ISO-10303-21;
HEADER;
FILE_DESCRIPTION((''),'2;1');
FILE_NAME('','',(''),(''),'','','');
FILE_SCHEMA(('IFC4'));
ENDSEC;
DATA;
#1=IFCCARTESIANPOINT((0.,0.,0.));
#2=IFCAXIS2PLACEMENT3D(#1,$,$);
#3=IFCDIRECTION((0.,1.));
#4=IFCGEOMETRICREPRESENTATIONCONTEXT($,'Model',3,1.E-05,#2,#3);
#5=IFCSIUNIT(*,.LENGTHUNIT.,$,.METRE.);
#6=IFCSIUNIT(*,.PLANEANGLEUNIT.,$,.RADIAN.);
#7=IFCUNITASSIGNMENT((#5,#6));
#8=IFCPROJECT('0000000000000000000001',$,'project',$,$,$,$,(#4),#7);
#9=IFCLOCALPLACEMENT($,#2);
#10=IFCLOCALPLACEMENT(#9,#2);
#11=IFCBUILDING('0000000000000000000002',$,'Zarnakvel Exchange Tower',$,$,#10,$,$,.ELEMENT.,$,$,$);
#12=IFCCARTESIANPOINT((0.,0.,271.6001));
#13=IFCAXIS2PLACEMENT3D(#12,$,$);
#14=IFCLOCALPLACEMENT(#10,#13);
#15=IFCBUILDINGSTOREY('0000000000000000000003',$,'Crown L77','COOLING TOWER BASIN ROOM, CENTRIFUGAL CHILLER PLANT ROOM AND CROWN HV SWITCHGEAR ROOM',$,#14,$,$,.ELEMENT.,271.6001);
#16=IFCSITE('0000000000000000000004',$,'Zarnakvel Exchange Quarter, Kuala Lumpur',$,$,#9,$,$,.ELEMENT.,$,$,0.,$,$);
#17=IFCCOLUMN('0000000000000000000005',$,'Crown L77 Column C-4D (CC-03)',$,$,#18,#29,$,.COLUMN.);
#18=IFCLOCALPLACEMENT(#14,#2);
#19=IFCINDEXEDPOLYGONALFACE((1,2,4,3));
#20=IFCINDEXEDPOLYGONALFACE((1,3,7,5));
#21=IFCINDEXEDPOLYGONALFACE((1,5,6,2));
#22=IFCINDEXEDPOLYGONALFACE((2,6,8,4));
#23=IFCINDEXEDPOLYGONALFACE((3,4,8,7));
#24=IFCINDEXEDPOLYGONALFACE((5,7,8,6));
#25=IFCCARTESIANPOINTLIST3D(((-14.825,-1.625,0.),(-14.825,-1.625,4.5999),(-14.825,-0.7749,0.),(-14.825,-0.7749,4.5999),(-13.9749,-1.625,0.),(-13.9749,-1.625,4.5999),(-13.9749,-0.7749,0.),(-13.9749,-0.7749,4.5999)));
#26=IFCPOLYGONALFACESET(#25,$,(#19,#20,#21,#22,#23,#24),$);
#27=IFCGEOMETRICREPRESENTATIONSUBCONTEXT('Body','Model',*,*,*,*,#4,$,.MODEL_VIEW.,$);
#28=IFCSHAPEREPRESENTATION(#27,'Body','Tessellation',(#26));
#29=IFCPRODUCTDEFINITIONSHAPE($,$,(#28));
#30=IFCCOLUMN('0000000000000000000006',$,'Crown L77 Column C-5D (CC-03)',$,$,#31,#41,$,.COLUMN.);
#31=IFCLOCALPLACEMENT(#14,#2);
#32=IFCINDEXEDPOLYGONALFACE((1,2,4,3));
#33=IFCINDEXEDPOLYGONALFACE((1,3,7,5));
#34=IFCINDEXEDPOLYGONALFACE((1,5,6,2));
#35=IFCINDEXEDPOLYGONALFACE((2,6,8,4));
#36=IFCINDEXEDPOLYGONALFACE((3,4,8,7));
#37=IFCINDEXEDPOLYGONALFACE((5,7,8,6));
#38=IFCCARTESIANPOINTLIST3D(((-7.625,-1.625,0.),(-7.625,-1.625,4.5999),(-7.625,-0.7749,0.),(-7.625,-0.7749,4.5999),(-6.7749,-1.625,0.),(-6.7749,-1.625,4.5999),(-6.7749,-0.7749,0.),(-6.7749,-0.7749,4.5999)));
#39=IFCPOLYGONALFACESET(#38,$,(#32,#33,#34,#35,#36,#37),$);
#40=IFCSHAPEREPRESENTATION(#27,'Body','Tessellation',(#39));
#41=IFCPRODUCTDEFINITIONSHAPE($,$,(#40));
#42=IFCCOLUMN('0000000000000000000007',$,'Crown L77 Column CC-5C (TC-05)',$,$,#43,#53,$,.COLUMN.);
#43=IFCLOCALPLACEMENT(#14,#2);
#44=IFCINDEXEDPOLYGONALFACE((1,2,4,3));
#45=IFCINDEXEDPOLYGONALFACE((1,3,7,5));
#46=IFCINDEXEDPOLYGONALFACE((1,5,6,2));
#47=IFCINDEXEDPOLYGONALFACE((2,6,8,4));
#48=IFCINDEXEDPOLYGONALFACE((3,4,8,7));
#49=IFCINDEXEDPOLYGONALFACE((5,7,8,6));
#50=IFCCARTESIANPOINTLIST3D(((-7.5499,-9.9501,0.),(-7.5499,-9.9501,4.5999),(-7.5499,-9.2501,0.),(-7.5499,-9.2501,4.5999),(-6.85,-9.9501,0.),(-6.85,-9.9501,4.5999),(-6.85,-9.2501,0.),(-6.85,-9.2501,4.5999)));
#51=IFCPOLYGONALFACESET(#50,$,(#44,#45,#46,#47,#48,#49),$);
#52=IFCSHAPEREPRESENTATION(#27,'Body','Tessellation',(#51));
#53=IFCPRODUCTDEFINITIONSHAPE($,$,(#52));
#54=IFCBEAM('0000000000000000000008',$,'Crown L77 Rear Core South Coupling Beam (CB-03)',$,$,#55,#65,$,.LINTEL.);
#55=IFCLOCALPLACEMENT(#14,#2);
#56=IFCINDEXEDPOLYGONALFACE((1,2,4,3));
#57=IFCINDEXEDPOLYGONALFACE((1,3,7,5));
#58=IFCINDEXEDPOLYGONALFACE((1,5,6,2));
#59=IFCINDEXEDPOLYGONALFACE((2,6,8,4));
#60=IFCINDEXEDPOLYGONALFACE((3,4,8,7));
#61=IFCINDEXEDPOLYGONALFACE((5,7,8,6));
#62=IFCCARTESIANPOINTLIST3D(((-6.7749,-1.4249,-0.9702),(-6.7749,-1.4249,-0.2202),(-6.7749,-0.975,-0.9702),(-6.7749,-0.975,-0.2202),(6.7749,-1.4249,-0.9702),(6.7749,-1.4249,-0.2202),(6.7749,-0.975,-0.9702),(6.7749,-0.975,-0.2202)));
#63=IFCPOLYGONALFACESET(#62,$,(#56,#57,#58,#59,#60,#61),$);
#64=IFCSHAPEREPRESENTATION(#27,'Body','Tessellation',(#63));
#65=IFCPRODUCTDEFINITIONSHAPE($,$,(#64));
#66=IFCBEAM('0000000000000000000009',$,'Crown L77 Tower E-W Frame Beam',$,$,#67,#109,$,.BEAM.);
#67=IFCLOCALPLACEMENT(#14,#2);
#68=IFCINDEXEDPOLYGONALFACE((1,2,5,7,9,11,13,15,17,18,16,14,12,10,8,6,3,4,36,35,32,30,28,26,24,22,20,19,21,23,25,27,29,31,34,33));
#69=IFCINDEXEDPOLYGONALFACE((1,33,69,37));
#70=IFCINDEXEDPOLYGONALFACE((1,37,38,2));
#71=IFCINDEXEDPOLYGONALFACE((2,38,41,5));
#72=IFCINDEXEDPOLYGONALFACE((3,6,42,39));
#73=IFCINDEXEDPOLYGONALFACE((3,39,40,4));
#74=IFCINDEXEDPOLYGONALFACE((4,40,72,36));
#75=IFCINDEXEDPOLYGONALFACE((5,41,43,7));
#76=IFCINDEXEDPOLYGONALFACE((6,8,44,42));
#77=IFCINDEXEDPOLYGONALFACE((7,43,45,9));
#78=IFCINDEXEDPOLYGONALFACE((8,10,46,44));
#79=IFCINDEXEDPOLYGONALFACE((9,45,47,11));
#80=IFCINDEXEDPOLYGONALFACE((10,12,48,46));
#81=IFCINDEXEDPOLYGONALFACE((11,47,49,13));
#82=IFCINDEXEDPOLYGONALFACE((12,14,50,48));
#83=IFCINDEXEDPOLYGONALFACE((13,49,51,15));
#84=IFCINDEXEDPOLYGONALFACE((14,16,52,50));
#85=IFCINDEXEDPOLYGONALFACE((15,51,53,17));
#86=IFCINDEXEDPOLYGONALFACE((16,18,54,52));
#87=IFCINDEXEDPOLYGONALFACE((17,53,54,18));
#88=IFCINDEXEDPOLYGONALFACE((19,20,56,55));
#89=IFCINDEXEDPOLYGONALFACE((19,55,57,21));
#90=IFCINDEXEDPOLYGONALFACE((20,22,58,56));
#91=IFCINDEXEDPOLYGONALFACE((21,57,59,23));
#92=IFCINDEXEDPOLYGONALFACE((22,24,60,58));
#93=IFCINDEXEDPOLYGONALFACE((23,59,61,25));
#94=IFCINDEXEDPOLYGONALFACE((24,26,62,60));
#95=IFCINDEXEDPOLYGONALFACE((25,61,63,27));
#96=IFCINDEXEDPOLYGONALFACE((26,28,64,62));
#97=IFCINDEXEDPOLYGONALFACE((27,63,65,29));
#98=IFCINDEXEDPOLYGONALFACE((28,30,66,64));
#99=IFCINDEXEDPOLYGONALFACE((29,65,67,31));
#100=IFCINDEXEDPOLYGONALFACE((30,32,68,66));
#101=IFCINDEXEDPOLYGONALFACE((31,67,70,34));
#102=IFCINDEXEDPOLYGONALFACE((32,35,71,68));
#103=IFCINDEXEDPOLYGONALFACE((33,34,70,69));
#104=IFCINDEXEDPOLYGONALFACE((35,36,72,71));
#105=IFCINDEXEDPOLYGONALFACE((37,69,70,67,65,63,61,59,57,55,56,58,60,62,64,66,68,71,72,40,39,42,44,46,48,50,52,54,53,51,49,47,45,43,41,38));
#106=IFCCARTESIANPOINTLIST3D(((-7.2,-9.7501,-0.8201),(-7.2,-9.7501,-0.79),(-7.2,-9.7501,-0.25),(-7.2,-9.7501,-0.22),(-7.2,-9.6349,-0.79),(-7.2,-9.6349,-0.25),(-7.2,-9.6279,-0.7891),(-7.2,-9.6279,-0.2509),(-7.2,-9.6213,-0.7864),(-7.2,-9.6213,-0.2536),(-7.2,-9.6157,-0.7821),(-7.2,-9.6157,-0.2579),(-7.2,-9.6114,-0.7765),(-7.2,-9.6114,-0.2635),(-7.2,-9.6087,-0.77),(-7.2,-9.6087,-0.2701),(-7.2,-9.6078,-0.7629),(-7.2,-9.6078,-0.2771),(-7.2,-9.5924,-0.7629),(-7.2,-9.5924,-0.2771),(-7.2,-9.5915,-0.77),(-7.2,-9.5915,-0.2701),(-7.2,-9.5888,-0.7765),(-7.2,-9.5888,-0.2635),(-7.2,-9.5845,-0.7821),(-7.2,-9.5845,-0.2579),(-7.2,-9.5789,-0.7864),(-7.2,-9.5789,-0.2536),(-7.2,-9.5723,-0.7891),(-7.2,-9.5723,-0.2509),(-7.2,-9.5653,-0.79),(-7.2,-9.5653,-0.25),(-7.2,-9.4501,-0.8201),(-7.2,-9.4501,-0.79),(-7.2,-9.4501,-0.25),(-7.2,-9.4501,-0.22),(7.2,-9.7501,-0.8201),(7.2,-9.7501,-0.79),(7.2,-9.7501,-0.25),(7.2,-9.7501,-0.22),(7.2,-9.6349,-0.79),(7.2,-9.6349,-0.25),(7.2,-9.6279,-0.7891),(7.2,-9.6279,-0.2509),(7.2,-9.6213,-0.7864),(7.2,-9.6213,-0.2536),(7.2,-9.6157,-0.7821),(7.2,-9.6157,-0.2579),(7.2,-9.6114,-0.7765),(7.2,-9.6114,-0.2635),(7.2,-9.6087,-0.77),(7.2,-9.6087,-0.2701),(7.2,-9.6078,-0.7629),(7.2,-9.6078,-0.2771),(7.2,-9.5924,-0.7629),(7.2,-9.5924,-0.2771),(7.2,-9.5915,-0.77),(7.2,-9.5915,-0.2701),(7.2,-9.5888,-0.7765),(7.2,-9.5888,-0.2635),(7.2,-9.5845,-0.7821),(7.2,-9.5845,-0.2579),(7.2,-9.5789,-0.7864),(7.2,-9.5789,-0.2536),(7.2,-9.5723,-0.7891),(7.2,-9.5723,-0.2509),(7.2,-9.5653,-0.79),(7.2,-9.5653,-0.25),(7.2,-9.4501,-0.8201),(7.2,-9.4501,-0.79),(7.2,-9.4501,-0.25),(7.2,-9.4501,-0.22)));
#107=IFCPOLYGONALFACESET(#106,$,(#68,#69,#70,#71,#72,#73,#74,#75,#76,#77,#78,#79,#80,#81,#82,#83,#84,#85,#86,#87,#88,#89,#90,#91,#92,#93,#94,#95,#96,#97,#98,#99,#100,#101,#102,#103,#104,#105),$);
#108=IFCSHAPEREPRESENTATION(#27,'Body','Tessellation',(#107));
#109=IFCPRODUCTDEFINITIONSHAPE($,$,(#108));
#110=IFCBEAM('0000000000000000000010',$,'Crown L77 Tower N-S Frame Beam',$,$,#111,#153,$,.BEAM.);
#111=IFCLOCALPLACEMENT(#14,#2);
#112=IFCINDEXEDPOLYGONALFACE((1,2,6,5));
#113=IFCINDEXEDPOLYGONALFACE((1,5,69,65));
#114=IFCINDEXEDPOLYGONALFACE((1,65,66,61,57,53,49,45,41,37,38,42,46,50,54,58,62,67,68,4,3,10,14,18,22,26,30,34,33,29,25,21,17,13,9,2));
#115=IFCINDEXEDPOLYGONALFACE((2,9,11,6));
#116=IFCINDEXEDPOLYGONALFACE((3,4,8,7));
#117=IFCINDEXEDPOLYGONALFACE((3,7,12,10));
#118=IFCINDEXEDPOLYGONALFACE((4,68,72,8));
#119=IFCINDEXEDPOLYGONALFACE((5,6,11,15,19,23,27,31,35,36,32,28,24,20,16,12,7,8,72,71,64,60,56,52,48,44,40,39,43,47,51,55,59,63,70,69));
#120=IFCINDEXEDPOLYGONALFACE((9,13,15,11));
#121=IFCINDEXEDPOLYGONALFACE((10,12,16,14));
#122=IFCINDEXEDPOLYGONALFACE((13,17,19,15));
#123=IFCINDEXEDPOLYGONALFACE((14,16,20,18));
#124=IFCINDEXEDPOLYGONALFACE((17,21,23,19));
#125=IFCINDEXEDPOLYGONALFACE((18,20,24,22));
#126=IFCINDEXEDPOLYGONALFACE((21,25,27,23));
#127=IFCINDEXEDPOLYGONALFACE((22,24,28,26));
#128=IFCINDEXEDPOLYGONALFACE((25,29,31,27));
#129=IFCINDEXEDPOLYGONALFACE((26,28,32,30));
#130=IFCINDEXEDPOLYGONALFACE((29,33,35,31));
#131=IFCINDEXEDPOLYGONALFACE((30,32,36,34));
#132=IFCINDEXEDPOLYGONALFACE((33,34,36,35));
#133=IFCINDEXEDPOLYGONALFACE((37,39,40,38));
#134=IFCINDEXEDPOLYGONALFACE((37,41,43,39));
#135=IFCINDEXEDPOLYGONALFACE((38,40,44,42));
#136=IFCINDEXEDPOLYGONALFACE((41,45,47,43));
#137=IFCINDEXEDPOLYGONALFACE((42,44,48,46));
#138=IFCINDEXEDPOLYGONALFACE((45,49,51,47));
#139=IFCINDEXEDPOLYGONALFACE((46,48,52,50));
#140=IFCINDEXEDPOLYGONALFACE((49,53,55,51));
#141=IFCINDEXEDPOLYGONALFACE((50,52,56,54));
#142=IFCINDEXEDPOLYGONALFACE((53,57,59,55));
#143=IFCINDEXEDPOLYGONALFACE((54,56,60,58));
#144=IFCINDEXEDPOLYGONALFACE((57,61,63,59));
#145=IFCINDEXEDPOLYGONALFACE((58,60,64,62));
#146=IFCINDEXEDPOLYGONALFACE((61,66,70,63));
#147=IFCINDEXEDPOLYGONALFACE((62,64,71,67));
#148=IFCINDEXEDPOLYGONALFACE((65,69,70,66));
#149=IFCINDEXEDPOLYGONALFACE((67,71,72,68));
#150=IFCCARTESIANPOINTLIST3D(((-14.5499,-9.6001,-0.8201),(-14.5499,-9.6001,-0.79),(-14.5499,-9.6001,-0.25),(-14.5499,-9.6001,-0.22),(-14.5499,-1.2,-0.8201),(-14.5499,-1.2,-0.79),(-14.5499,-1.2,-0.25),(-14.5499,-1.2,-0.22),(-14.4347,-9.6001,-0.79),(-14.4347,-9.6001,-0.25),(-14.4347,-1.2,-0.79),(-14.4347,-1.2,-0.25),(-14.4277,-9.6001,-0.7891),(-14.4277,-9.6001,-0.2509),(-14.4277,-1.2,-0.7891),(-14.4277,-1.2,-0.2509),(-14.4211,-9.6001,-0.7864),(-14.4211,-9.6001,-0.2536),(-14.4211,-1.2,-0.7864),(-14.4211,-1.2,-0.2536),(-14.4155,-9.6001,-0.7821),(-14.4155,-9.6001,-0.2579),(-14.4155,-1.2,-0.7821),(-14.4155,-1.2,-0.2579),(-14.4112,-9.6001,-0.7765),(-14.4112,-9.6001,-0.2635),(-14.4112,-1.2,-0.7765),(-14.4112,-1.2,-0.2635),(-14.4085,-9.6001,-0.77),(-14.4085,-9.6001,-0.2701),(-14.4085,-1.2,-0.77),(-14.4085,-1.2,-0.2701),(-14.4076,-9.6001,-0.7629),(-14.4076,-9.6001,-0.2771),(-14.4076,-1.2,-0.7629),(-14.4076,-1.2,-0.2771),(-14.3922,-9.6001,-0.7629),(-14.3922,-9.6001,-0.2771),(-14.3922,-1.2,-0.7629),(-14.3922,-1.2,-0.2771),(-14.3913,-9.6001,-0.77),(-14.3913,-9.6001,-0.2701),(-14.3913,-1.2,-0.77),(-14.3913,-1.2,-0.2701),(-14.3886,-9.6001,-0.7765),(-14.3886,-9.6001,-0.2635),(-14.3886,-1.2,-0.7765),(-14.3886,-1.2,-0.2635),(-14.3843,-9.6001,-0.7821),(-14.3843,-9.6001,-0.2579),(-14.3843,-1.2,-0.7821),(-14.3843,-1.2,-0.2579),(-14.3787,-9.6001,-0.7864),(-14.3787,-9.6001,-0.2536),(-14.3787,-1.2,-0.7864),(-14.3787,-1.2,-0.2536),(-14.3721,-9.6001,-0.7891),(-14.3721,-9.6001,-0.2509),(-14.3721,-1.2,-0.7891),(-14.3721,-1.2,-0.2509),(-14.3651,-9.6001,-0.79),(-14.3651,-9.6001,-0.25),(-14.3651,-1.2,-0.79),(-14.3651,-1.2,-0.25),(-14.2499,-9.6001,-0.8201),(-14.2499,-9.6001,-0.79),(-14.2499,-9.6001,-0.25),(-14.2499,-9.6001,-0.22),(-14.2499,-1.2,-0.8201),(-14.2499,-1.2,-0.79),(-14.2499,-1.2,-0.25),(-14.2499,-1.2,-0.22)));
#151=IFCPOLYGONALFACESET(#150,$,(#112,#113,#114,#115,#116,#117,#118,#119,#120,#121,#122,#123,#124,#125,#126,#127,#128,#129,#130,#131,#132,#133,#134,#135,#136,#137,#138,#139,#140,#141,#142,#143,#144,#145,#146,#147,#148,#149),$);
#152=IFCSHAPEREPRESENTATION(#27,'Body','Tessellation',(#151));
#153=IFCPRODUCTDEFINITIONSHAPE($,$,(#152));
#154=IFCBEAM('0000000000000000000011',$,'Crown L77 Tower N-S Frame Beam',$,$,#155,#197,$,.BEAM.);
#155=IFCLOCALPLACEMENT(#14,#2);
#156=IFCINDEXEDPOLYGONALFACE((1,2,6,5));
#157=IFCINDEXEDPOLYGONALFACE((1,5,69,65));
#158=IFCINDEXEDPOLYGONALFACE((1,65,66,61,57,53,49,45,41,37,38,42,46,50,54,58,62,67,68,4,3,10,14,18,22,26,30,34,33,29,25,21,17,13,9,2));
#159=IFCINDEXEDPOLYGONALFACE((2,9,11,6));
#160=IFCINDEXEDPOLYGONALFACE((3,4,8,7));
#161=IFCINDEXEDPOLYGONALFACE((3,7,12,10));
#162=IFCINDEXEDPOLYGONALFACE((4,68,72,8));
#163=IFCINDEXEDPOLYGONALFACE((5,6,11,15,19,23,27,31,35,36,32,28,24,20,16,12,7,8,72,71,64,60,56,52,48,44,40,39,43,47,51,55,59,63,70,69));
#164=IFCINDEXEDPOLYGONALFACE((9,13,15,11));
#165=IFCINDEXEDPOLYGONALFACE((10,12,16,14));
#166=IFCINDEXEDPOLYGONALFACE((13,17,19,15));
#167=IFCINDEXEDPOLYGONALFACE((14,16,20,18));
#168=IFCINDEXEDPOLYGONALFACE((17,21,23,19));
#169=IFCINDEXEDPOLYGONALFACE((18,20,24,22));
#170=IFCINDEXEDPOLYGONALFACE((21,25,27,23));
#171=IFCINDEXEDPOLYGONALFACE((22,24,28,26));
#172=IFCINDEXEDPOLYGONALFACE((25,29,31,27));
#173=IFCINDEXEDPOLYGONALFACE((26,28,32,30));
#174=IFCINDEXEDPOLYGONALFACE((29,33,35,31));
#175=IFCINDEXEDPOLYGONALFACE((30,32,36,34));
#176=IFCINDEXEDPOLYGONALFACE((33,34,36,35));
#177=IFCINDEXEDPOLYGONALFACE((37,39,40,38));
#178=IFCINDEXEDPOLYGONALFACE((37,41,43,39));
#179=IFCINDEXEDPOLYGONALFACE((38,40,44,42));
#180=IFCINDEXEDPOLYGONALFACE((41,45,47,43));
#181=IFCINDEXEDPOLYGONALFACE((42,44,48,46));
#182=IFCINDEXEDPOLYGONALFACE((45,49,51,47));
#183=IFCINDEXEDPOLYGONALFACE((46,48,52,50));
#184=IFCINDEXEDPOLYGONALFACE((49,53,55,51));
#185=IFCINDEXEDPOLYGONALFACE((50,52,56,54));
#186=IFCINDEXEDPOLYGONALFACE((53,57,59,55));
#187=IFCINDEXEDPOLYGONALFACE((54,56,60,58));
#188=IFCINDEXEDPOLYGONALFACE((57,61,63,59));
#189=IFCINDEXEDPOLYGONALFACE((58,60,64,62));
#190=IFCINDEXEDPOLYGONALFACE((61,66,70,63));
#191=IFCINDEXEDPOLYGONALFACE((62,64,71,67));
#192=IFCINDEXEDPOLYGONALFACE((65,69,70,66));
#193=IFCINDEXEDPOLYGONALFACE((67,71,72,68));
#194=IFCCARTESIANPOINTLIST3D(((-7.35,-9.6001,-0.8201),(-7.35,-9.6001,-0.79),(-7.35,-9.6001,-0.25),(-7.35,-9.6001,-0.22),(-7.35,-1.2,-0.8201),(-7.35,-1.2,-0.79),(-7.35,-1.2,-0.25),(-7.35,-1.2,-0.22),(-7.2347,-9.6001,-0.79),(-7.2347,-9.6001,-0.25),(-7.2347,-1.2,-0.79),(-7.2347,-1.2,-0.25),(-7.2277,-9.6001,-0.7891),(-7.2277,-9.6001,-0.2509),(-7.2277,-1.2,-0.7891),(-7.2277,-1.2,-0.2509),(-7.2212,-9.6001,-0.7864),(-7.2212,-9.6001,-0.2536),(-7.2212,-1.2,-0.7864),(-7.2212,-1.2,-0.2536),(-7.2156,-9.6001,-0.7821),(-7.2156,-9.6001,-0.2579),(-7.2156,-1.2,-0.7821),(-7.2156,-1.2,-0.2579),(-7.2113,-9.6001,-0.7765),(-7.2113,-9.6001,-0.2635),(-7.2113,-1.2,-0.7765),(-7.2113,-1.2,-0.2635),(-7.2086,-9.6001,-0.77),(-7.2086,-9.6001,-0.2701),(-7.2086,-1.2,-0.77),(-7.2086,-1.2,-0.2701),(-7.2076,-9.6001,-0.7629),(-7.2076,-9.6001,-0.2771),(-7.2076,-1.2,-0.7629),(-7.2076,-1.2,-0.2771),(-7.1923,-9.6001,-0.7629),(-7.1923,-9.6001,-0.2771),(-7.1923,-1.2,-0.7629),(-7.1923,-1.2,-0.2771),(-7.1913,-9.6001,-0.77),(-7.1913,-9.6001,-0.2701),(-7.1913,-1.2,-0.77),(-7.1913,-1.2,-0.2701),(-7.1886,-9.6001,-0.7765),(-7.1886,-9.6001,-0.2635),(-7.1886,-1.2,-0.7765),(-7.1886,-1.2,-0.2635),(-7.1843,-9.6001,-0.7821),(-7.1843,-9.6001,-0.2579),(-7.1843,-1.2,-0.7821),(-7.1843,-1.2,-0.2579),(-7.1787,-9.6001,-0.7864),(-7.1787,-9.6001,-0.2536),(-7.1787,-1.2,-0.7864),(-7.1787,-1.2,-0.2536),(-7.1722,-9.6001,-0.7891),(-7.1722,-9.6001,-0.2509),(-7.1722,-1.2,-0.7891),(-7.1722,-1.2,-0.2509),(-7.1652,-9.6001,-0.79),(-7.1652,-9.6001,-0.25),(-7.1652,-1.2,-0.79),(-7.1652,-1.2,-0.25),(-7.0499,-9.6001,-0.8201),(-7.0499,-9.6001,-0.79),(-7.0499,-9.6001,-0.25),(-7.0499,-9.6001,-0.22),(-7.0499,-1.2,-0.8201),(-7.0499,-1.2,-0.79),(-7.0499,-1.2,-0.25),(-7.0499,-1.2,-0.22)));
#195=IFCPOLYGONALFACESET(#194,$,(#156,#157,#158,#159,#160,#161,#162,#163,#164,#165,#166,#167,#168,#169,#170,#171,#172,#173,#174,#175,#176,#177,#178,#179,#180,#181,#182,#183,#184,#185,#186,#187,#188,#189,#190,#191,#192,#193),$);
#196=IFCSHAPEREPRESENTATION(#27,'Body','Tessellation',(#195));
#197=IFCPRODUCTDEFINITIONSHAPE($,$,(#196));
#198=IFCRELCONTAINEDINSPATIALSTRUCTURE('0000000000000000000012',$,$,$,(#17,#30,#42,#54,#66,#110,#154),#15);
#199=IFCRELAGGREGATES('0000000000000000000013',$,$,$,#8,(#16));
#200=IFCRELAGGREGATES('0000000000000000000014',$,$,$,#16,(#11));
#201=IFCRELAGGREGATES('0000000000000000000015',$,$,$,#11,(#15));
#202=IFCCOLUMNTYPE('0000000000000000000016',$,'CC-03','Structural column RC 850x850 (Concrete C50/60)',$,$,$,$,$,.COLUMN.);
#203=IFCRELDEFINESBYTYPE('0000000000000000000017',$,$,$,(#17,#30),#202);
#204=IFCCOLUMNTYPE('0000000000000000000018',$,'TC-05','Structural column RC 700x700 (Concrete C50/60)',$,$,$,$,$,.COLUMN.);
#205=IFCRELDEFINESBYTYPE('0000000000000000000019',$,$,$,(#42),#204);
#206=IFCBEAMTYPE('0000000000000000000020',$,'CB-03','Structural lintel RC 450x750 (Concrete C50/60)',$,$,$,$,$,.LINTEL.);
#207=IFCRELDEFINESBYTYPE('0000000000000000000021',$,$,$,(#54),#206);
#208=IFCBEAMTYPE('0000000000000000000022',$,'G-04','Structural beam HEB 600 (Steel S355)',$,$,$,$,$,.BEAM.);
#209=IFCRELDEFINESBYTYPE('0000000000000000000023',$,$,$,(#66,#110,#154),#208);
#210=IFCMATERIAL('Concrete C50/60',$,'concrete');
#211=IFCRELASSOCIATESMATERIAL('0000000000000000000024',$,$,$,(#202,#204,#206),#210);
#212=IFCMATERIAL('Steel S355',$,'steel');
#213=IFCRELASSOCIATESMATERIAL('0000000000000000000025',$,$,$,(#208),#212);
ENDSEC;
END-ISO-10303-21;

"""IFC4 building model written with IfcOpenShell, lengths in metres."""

from ifc_helpers import new_model, si_unit, direction, frame, origin, origin_2d, place, context, subcontext, project, spatial, rectangle, i_section, extrude, material, material_profile, profile_set, type_object, element, save


model = new_model("IFC4")

# Units and contexts
model_context = context("Model", 3, precision=1e-05, world=origin(), true_north=direction((0.0, 1.0)))
body_context = subcontext(model_context, "Body", "Model", "MODEL_VIEW")
ifc_project = project(units=[si_unit("LENGTHUNIT", "METRE"), si_unit("PLANEANGLEUNIT", "RADIAN")], contexts=[model_context])

# Site, building, storey
site_placement = place(None, origin())
site = spatial("IfcSite", under=ifc_project, at=site_placement, Name="Zarnakvel Exchange Quarter, Kuala Lumpur", CompositionType="ELEMENT", RefElevation=0.0)
building_placement = place(site_placement, origin())
building = spatial("IfcBuilding", under=site, at=building_placement, Name="Zarnakvel Exchange Tower", CompositionType="ELEMENT")
storey_placement = place(building_placement, frame((0.0, 0.0, 271.6001)))
storey = spatial("IfcBuildingStorey", under=building, at=storey_placement, Name="Crown L77", Description="COOLING TOWER BASIN ROOM, CENTRIFUGAL CHILLER PLANT ROOM AND CROWN HV SWITCHGEAR ROOM", CompositionType="ELEMENT", Elevation=271.6001)

# Columns
ifc_material_1 = material(Name="Concrete C50/60", Category="concrete")
ifc_material_profile_1 = material_profile(ifc_material_1, rectangle(XDim=0.8501, YDim=0.8501, at=origin_2d()))
ifc_profile_set_1 = profile_set([ifc_material_profile_1], Name="Concrete C50/60")
column_type_1 = type_object("IfcColumnType", Name="CC-03", Description="Structural column RC 850x850 (Concrete C50/60)", PredefinedType="COLUMN", material=ifc_profile_set_1)
for number, where, z_axis, x_axis, name in (
    (1, (-14.3999, -1.2, 0.0), (0.0, 0.0, 1.0), (1.0, 0.0, 0.0), "Crown L77 Column C-4D (CC-03)"),
    (2, (-7.2, -1.2, 0.0), (0.0, 0.0, 1.0), (1.0, 0.0, 0.0), "Crown L77 Column C-5D (CC-03)"),
):
    element("IfcColumn", number, at=place(storey_placement, frame(where, z_axis=z_axis, x_axis=x_axis)), inside=storey, type_object=column_type_1, Name=name, PredefinedType="COLUMN", context=body_context, shape_type="SweptSolid", body=[
        extrude(rectangle(XDim=0.8501, YDim=0.8501, at=origin_2d()), origin(), (0.0, 0.0, 1.0), 4.5999),
    ])
ifc_material_profile_2 = material_profile(ifc_material_1, rectangle(XDim=0.7, YDim=0.7, at=origin_2d()))
ifc_profile_set_2 = profile_set([ifc_material_profile_2], Name="Concrete C50/60")
column_type_2 = type_object("IfcColumnType", Name="TC-05", Description="Structural column RC 700x700 (Concrete C50/60)", PredefinedType="COLUMN", material=ifc_profile_set_2)
column_placement = place(storey_placement, frame((-7.2, -9.6001, 0.0), z_axis=(0.0, 0.0, 1.0), x_axis=(1.0, 0.0, 0.0)))
element("IfcColumn", 3, at=column_placement, inside=storey, type_object=column_type_2, Name="Crown L77 Column CC-5C (TC-05)", PredefinedType="COLUMN", context=body_context, shape_type="SweptSolid", body=[
    extrude(rectangle(XDim=0.7, YDim=0.7, at=origin_2d()), origin(), (0.0, 0.0, 1.0), 4.5999),
])

# Beams
ifc_material_profile_3 = material_profile(ifc_material_1, rectangle(XDim=0.45, YDim=0.75, at=origin_2d()))
ifc_profile_set_3 = profile_set([ifc_material_profile_3], Name="Concrete C50/60")
beam_type_1 = type_object("IfcBeamType", Name="CB-03", Description="Structural lintel RC 450x750 (Concrete C50/60)", PredefinedType="LINTEL", material=ifc_profile_set_3)
beam_1_placement = place(storey_placement, frame((-6.7749, -1.2, -0.5952), z_axis=(1.0, 0.0, 0.0), x_axis=(0.0, 1.0, 0.0)))
element("IfcBeam", 4, at=beam_1_placement, inside=storey, type_object=beam_type_1, Name="Crown L77 Rear Core South Coupling Beam (CB-03)", PredefinedType="LINTEL", context=body_context, shape_type="SweptSolid", body=[
    extrude(rectangle(XDim=0.45, YDim=0.75, at=origin_2d()), origin(), (0.0, 0.0, 1.0), 13.5498),
])
ifc_material_2 = material(Name="Steel S355", Category="steel")
ifc_material_profile_4 = material_profile(ifc_material_2, i_section(OverallWidth=0.3, OverallDepth=0.6001, WebThickness=0.0154, FlangeThickness=0.03, FilletRadius=0.0271, at=origin_2d()))
ifc_profile_set_4 = profile_set([ifc_material_profile_4], Name="Steel S355")
beam_type_2 = type_object("IfcBeamType", Name="G-04", Description="Structural beam HEB 600 (Steel S355)", PredefinedType="BEAM", material=ifc_profile_set_4)
beam_2_placement = place(storey_placement, frame((-7.2, -9.6001, -0.52), z_axis=(1.0, 0.0, 0.0), x_axis=(0.0, 1.0, 0.0)))
element("IfcBeam", 5, at=beam_2_placement, inside=storey, type_object=beam_type_2, Name="Crown L77 Tower E-W Frame Beam", PredefinedType="BEAM", context=body_context, shape_type="SweptSolid", body=[
    extrude(i_section(OverallWidth=0.3, OverallDepth=0.6001, WebThickness=0.0154, FlangeThickness=0.03, FilletRadius=0.0271, at=origin_2d()), origin(), (0.0, 0.0, 1.0), 14.3999),
])
for number, where, z_axis, x_axis, name in (
    (6, (-14.3999, -9.6001, -0.52), (0.0, 1.0, 0.0), (-1.0, 0.0, 0.0), "Crown L77 Tower N-S Frame Beam"),
    (7, (-7.2, -9.6001, -0.52), (0.0, 1.0, 0.0), (-1.0, 0.0, 0.0), "Crown L77 Tower N-S Frame Beam"),
):
    element("IfcBeam", number, at=place(storey_placement, frame(where, z_axis=z_axis, x_axis=x_axis)), inside=storey, type_object=beam_type_2, Name=name, PredefinedType="BEAM", context=body_context, shape_type="SweptSolid", body=[
        extrude(i_section(OverallWidth=0.3, OverallDepth=0.6001, WebThickness=0.0154, FlangeThickness=0.03, FilletRadius=0.0271, at=origin_2d()), origin(), (0.0, 0.0, 1.0), 8.4001),
    ])

save(model, "model.ifc")
